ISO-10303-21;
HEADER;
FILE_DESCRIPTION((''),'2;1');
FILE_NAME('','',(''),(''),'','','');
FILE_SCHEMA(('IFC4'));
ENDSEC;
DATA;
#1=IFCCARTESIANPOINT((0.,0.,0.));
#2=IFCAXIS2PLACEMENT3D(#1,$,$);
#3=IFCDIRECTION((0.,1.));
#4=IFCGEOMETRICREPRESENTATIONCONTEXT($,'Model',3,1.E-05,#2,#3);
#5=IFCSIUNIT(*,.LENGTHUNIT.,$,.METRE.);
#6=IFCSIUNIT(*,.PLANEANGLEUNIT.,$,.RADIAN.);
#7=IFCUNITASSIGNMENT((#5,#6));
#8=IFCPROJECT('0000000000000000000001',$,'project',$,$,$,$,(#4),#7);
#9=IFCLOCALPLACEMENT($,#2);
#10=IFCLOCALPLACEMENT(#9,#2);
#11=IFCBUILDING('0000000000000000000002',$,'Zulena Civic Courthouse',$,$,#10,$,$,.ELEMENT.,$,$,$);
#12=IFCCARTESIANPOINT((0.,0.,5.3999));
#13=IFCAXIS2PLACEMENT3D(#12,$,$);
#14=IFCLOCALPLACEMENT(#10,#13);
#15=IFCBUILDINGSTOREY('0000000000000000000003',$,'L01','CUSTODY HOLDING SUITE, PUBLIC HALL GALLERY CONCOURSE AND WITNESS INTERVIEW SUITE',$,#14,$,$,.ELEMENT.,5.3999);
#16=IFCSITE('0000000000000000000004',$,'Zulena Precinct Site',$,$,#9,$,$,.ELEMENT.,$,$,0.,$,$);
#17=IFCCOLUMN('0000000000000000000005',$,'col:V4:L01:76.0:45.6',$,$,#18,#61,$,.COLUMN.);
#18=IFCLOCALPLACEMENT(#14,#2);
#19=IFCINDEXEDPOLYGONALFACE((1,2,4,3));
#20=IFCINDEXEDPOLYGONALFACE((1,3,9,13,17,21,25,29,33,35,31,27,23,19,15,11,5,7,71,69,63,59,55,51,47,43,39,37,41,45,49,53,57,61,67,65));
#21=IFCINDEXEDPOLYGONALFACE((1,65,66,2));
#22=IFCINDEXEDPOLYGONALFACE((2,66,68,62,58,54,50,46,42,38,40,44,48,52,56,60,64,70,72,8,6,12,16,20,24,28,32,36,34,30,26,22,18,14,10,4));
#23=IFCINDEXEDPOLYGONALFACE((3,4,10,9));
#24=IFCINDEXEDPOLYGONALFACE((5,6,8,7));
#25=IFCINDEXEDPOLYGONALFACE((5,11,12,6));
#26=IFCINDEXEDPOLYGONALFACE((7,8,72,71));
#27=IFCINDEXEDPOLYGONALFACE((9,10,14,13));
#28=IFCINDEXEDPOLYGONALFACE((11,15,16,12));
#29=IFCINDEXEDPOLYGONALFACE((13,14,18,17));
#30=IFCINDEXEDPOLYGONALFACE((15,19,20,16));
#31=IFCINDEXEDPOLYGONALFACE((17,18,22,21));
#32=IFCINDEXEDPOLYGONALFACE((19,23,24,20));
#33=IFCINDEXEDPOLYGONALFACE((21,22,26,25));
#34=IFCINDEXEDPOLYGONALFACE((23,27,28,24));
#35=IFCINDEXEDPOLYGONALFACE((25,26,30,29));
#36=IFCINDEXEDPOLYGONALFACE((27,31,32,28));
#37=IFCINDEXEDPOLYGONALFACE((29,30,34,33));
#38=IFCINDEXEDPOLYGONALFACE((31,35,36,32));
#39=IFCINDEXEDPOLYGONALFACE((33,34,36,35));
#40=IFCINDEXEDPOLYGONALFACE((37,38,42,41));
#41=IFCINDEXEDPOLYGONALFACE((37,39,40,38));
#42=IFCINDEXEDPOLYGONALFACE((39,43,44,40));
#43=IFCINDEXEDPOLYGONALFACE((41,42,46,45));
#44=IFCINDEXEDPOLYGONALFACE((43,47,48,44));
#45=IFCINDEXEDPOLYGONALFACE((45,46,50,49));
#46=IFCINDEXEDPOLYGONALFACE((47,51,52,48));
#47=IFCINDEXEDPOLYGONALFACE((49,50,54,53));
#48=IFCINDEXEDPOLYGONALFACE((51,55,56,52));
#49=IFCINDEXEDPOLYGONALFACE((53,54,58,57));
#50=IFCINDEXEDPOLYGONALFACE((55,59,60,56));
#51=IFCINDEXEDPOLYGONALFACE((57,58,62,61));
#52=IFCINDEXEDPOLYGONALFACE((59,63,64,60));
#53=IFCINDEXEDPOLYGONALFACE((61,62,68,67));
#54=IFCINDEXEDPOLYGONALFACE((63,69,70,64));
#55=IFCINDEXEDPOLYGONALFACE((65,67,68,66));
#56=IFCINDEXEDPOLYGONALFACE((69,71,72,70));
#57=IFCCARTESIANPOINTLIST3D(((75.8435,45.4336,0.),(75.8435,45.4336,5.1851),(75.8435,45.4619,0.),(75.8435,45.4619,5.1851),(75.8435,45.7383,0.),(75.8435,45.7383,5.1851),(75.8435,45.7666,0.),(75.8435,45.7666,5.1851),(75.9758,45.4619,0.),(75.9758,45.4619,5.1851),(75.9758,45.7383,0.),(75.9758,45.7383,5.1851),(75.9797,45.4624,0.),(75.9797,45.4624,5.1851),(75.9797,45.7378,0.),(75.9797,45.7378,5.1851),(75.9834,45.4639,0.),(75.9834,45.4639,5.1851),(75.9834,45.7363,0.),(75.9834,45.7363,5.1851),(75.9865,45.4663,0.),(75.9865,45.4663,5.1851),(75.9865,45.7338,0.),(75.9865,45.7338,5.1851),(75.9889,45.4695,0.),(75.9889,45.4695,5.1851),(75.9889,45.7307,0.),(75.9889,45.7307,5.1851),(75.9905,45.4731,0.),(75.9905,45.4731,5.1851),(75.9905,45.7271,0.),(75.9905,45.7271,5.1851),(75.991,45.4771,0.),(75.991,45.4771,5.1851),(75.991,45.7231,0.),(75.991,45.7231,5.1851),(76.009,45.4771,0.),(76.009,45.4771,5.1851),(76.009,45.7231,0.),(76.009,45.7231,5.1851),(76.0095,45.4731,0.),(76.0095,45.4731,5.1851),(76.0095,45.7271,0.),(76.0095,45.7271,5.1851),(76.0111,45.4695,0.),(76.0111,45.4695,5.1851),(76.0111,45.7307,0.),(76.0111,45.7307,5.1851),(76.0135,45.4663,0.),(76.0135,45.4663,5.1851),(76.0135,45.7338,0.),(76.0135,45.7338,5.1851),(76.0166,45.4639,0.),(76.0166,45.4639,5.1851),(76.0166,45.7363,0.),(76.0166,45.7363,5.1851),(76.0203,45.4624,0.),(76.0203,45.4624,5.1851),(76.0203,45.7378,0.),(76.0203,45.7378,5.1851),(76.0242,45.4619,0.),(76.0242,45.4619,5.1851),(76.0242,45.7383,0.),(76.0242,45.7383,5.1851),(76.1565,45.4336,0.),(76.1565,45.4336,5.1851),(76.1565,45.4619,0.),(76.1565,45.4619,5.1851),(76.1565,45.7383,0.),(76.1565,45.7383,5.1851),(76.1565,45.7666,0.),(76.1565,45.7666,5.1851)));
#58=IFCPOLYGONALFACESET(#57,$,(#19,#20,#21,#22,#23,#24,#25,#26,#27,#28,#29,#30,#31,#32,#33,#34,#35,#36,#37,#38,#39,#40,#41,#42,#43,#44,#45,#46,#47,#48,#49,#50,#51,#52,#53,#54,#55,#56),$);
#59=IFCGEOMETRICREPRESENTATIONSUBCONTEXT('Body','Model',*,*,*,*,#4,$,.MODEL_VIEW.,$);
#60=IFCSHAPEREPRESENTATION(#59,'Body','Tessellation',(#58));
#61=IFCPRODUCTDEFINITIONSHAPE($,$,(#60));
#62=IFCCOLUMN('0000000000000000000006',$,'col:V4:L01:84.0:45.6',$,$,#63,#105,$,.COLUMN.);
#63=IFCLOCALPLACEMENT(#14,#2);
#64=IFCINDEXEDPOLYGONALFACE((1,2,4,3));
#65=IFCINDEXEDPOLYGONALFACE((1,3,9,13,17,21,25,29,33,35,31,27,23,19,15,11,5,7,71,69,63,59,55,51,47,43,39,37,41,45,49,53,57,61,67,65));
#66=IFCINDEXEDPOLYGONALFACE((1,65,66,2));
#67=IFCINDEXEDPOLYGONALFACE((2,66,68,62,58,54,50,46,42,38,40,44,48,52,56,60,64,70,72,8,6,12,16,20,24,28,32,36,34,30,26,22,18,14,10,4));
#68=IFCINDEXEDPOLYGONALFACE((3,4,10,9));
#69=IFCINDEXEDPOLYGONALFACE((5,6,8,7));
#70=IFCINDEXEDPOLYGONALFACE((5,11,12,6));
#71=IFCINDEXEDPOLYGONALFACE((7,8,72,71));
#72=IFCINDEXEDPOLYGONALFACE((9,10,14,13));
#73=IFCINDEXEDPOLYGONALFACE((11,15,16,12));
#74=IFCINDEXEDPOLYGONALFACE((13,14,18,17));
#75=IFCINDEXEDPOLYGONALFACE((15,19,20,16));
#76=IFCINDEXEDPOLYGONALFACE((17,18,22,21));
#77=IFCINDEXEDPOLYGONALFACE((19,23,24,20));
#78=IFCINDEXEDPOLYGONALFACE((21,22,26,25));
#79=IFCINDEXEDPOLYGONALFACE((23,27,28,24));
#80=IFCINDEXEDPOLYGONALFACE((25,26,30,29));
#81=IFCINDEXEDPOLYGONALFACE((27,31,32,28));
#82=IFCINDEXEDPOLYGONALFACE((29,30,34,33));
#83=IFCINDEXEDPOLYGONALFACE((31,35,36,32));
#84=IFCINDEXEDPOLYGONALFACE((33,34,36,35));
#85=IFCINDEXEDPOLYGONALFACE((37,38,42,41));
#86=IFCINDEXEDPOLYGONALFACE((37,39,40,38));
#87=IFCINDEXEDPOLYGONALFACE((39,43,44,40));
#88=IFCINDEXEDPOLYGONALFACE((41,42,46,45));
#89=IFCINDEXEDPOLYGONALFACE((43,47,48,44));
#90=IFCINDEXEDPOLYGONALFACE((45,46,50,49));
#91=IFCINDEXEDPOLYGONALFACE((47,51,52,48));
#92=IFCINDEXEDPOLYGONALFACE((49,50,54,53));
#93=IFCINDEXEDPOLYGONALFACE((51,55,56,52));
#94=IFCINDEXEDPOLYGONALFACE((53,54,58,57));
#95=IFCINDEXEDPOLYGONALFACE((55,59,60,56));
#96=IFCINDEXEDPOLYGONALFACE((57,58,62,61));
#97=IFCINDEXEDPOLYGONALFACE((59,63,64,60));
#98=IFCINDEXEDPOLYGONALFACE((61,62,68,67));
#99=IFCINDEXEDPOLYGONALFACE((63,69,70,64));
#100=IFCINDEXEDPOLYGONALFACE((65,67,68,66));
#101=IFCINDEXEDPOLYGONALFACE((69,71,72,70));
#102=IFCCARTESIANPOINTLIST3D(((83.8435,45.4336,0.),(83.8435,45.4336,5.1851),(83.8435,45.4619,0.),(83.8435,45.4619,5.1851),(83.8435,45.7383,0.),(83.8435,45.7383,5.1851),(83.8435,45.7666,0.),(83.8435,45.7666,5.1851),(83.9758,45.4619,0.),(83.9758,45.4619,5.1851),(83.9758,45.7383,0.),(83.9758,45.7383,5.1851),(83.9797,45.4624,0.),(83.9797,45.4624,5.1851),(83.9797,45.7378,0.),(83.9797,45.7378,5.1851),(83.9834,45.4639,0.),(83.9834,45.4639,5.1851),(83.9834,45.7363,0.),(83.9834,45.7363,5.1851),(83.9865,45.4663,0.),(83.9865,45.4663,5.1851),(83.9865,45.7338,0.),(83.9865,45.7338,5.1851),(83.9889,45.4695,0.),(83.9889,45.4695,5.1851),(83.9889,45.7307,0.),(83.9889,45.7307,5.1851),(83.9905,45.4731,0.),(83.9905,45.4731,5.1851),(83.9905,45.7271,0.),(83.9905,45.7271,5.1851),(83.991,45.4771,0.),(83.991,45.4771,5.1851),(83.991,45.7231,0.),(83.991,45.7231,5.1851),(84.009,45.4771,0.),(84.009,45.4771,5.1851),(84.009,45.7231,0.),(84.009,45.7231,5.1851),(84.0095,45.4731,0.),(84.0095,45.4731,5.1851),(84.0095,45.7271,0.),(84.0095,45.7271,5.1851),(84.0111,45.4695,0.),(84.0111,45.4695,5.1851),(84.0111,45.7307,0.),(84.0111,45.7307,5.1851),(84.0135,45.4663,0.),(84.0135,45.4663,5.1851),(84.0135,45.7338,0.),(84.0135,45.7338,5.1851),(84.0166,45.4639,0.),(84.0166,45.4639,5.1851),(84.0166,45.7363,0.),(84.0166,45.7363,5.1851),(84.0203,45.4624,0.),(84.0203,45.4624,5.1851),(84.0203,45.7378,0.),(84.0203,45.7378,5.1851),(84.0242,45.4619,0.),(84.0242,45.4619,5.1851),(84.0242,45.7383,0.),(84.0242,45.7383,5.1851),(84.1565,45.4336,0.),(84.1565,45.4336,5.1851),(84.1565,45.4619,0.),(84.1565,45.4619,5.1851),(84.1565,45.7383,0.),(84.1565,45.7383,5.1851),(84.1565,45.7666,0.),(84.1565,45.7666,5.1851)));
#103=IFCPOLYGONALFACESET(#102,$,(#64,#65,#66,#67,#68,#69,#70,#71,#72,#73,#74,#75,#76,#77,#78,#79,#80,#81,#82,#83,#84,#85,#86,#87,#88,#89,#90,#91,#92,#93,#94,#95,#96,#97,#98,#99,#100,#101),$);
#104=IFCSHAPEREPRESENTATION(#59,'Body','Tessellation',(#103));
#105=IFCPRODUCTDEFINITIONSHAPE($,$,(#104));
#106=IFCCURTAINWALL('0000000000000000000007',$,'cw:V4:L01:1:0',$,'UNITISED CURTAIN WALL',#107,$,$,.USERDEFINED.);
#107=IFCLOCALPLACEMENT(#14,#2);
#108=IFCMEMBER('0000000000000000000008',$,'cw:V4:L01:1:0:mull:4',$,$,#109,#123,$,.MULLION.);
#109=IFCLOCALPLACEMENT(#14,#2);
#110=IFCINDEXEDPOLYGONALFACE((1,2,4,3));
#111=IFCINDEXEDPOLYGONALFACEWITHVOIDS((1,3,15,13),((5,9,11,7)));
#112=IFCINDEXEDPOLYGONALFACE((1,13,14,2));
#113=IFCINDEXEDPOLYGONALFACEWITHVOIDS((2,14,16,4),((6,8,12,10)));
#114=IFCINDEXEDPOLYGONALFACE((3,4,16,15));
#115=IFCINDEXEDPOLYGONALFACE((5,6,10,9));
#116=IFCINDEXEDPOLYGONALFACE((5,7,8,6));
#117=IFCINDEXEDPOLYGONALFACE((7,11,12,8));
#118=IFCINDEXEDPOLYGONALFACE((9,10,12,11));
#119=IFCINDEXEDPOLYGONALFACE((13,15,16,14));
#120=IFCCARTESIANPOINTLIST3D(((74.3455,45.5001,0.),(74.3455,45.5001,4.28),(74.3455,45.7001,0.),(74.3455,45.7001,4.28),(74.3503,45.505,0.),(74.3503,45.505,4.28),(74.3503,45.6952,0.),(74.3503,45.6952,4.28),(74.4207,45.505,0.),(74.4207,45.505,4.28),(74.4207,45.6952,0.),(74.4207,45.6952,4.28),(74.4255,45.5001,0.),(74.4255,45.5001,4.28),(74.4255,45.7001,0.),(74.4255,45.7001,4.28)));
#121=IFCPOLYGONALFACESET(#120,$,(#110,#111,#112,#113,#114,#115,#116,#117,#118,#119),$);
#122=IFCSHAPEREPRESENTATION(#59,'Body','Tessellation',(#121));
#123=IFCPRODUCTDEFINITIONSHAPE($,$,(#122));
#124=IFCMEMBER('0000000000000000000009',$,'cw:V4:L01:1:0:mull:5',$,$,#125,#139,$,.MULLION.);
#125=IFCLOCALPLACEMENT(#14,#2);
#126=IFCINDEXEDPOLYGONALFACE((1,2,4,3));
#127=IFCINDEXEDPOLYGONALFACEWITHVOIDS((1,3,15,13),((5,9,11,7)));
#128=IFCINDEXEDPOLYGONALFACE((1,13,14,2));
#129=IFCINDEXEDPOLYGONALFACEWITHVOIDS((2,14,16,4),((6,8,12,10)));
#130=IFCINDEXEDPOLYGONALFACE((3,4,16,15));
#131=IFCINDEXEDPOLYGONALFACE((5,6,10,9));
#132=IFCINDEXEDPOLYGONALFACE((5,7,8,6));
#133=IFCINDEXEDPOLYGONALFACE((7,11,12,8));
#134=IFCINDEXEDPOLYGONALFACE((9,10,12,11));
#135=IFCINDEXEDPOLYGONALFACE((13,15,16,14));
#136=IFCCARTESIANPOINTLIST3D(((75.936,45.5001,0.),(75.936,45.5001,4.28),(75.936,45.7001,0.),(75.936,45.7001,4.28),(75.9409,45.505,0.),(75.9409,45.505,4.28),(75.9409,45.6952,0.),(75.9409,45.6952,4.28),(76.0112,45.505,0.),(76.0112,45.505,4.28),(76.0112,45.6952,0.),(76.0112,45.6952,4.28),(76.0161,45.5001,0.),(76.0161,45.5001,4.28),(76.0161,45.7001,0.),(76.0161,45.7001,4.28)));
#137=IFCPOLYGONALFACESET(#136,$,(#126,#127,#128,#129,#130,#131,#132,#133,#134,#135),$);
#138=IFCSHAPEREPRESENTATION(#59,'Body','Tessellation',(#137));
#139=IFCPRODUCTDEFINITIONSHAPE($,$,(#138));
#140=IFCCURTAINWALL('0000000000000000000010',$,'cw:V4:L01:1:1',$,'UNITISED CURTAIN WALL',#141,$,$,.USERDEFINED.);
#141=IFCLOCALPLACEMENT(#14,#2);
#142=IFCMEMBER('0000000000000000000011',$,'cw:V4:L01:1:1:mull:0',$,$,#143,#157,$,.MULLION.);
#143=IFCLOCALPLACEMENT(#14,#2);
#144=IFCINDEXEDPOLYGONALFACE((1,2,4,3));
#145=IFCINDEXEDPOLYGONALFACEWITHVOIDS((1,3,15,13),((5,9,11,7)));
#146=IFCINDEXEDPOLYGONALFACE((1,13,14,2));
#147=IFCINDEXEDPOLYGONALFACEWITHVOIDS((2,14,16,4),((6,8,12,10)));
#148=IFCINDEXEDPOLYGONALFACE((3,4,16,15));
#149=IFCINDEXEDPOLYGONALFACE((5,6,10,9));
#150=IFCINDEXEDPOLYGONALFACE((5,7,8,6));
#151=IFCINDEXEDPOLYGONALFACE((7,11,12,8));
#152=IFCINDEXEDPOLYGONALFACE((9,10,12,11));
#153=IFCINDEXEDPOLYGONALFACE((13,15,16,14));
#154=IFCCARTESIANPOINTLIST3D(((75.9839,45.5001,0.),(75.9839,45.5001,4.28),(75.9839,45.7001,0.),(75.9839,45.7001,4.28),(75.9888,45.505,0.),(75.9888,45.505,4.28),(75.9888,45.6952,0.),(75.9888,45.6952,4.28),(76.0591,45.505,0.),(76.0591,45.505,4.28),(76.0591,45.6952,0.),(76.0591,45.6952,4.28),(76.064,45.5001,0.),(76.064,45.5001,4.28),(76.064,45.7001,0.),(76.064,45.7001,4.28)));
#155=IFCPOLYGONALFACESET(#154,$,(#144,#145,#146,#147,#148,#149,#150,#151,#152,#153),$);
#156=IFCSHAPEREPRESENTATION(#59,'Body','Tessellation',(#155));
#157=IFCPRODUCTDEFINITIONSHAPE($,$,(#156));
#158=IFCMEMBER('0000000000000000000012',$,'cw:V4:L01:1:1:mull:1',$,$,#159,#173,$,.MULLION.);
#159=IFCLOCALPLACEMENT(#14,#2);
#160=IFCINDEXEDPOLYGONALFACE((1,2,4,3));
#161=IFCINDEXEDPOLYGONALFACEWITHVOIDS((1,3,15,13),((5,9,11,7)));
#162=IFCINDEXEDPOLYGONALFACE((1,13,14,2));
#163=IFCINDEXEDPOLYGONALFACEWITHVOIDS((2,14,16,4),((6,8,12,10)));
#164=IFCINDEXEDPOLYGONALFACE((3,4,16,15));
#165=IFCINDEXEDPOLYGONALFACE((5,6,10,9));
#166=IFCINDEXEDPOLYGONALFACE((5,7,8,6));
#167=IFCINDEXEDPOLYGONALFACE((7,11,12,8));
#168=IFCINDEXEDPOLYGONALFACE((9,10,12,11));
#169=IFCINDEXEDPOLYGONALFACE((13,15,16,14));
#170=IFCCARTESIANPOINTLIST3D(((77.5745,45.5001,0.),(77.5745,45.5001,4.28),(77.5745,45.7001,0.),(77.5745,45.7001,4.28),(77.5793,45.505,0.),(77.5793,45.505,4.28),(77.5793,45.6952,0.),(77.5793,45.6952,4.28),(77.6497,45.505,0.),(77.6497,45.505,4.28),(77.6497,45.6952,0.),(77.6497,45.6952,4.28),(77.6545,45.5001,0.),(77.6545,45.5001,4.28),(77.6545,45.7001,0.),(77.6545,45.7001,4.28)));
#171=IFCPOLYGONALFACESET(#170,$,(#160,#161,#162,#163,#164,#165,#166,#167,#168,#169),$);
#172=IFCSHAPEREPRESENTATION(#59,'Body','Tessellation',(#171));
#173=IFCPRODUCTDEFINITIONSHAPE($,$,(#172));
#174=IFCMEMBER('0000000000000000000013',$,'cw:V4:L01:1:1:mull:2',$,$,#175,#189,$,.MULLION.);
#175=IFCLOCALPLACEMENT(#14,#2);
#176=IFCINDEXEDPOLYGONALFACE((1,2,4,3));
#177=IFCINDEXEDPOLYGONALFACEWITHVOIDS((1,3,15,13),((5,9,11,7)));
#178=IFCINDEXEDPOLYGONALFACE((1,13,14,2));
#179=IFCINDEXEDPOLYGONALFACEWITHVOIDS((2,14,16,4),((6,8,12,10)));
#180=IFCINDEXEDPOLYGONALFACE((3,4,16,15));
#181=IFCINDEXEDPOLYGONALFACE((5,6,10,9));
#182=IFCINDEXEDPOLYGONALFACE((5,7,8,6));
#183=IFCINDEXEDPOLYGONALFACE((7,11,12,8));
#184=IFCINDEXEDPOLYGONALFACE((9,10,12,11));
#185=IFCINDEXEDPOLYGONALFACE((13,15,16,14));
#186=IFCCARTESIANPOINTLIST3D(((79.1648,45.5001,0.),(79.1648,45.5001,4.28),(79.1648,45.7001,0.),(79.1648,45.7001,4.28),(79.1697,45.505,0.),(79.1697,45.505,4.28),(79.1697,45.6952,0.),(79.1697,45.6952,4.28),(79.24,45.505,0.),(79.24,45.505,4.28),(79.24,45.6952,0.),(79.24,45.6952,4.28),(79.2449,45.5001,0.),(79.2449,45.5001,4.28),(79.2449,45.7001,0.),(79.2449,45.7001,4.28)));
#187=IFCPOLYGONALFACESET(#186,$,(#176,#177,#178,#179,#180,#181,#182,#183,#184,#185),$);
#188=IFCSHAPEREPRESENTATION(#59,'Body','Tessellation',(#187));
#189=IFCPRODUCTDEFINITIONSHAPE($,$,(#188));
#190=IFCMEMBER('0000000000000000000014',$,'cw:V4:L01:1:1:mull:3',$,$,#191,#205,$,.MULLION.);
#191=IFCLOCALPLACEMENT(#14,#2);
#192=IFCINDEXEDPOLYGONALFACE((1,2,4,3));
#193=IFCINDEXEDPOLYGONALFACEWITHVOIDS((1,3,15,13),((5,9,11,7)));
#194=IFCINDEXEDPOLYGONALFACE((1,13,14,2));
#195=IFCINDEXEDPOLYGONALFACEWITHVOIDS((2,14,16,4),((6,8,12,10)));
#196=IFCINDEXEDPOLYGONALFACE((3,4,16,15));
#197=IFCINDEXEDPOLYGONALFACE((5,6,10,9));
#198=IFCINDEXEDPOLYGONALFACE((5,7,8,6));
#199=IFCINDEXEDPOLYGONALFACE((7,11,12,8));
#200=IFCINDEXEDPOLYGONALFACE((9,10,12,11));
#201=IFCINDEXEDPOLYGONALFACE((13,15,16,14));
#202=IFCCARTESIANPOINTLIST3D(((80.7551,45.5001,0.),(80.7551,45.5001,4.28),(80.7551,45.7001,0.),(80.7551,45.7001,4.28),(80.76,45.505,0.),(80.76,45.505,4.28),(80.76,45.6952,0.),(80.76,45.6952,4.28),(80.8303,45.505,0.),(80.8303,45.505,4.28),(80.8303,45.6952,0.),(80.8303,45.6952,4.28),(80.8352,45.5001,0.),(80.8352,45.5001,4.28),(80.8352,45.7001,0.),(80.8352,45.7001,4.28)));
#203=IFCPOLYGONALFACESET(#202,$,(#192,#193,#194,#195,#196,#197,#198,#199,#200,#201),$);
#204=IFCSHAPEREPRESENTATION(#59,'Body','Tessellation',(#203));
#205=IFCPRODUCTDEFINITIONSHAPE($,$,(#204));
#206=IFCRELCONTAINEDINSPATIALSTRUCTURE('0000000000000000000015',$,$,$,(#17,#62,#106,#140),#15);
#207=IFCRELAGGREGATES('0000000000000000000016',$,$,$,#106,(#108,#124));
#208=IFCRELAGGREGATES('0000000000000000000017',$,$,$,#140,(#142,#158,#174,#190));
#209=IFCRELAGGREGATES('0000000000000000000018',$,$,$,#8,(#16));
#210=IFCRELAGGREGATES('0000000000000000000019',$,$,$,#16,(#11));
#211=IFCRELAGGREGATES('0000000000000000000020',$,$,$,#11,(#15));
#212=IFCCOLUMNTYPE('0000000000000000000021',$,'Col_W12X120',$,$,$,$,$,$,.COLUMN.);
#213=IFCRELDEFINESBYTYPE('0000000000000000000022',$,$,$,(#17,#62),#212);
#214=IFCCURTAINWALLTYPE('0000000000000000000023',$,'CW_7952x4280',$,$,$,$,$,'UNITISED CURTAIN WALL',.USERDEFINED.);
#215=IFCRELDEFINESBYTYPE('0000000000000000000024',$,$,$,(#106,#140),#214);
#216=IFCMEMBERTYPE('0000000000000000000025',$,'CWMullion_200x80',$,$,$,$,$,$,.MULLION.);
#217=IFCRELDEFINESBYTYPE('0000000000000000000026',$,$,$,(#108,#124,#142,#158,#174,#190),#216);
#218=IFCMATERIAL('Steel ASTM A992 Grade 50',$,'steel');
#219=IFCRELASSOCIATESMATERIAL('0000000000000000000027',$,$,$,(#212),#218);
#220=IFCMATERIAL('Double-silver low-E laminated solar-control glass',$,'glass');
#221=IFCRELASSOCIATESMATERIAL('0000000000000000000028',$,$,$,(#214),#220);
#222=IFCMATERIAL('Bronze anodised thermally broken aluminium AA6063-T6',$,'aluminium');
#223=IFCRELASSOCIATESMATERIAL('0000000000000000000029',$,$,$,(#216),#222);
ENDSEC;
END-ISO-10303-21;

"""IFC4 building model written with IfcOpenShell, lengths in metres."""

from ifc_helpers import new_model, si_unit, direction, frame, origin, origin_2d, place, context, subcontext, project, spatial, hollow_rectangle, i_section, extrude, material, material_profile, profile_set, type_object, element, aggregate, save


model = new_model("IFC4")

# Units and contexts
model_context = context("Model", 3, precision=1e-05, world=origin(), true_north=direction((0.0, 1.0)))
body_context = subcontext(model_context, "Body", "Model", "MODEL_VIEW")
ifc_project = project(units=[si_unit("LENGTHUNIT", "METRE"), si_unit("PLANEANGLEUNIT", "RADIAN")], contexts=[model_context])

# Site, building, storey
site_placement = place(None, origin())
site = spatial("IfcSite", under=ifc_project, at=site_placement, Name="Zulena Precinct Site", CompositionType="ELEMENT", RefElevation=0.0)
building_placement = place(site_placement, origin())
building = spatial("IfcBuilding", under=site, at=building_placement, Name="Zulena Civic Courthouse", CompositionType="ELEMENT")
storey_placement = place(building_placement, frame((0.0, 0.0, 5.3999)))
storey = spatial("IfcBuildingStorey", under=building, at=storey_placement, Name="L01", Description="CUSTODY HOLDING SUITE, PUBLIC HALL GALLERY CONCOURSE AND WITNESS INTERVIEW SUITE", CompositionType="ELEMENT", Elevation=5.3999)

# Columns
ifc_material_1 = material(Name="Steel ASTM A992 Grade 50", Category="steel")
ifc_material_profile_1 = material_profile(ifc_material_1, i_section(OverallWidth=0.313, OverallDepth=0.333, WebThickness=0.0181, FlangeThickness=0.0283, FilletRadius=0.0151, at=origin_2d()), Name="W12X120")
ifc_profile_set_1 = profile_set([ifc_material_profile_1], Name="Steel ASTM A992 Grade 50")
column_type = type_object("IfcColumnType", Name="Col_W12X120", PredefinedType="COLUMN", material=ifc_profile_set_1)
for number, where, z_axis, x_axis, name in (
    (1, (76.0, 45.6001, 0.0), (0.0, 0.0, 1.0), (1.0, 0.0, 0.0), "col:V4:L01:76.0:45.6"),
    (2, (84.0, 45.6001, 0.0), (0.0, 0.0, 1.0), (1.0, 0.0, 0.0), "col:V4:L01:84.0:45.6"),
):
    element("IfcColumn", number, at=place(storey_placement, frame(where, z_axis=z_axis, x_axis=x_axis)), inside=storey, type_object=column_type, Name=name, PredefinedType="COLUMN", context=body_context, shape_type="SweptSolid", body=[
        extrude(i_section(OverallWidth=0.313, OverallDepth=0.333, WebThickness=0.0181, FlangeThickness=0.0283, FilletRadius=0.0151, at=origin_2d()), origin(), (0.0, 0.0, 1.0), 5.1851),
    ])

# Curtain walls, members
ifc_material_2 = material(Name="Double-silver low-E laminated solar-control glass", Category="glass")
curtain_wall_type = type_object("IfcCurtainWallType", Name="CW_7952x4280", ElementType="UNITISED CURTAIN WALL", PredefinedType="USERDEFINED", material=ifc_material_2)
curtain_wall_1_placement = place(storey_placement, origin())
curtain_wall_1 = element("IfcCurtainWall", 3, at=curtain_wall_1_placement, inside=storey, type_object=curtain_wall_type, Name="cw:V4:L01:1:0", ObjectType="UNITISED CURTAIN WALL", PredefinedType="USERDEFINED")
ifc_material_3 = material(Name="Bronze anodised thermally broken aluminium AA6063-T6", Category="aluminium")
ifc_material_profile_2 = material_profile(ifc_material_3, hollow_rectangle(XDim=0.0801, YDim=0.2, WallThickness=0.0049, at=origin_2d()), Name="CWM200X80X5")
ifc_profile_set_2 = profile_set([ifc_material_profile_2], Name="Bronze anodised thermally broken aluminium AA6063-T6")
member_type_1 = type_object("IfcMemberType", Name="CWMullion_200x80", PredefinedType="MULLION", material=ifc_profile_set_2)
member_1_placement = place(storey_placement, frame((74.3855, 45.6001, 0.0), z_axis=(0.0, 0.0, 1.0), x_axis=(1.0, 0.0, 0.0)))
member_1 = element("IfcMember", 4, at=member_1_placement, type_object=member_type_1, Name="cw:V4:L01:1:0:mull:4", PredefinedType="MULLION", context=body_context, shape_type="SweptSolid", body=[
    extrude(hollow_rectangle(XDim=0.0801, YDim=0.2, WallThickness=0.0049, at=origin_2d()), origin(), (0.0, 0.0, 1.0), 4.28),
])
member_2_placement = place(storey_placement, frame((75.9761, 45.6001, 0.0), z_axis=(0.0, 0.0, 1.0), x_axis=(1.0, 0.0, 0.0)))
member_2 = element("IfcMember", 5, at=member_2_placement, type_object=member_type_1, Name="cw:V4:L01:1:0:mull:5", PredefinedType="MULLION", context=body_context, shape_type="SweptSolid", body=[
    extrude(hollow_rectangle(XDim=0.0801, YDim=0.2, WallThickness=0.0049, at=origin_2d()), origin(), (0.0, 0.0, 1.0), 4.28),
])
curtain_wall_2_placement = place(storey_placement, origin())
curtain_wall_2 = element("IfcCurtainWall", 6, at=curtain_wall_2_placement, inside=storey, type_object=curtain_wall_type, Name="cw:V4:L01:1:1", ObjectType="UNITISED CURTAIN WALL", PredefinedType="USERDEFINED")
member_3_placement = place(storey_placement, frame((76.0239, 45.6001, 0.0), z_axis=(0.0, 0.0, 1.0), x_axis=(1.0, 0.0, 0.0)))
member_3 = element("IfcMember", 7, at=member_3_placement, type_object=member_type_1, Name="cw:V4:L01:1:1:mull:0", PredefinedType="MULLION", context=body_context, shape_type="SweptSolid", body=[
    extrude(hollow_rectangle(XDim=0.0801, YDim=0.2, WallThickness=0.0049, at=origin_2d()), origin(), (0.0, 0.0, 1.0), 4.28),
])
member_4_placement = place(storey_placement, frame((77.6145, 45.6001, 0.0), z_axis=(0.0, 0.0, 1.0), x_axis=(1.0, 0.0, 0.0)))
member_4 = element("IfcMember", 8, at=member_4_placement, type_object=member_type_1, Name="cw:V4:L01:1:1:mull:1", PredefinedType="MULLION", context=body_context, shape_type="SweptSolid", body=[
    extrude(hollow_rectangle(XDim=0.0801, YDim=0.2, WallThickness=0.0049, at=origin_2d()), origin(), (0.0, 0.0, 1.0), 4.28),
])
member_5_placement = place(storey_placement, frame((79.2048, 45.6001, 0.0), z_axis=(0.0, 0.0, 1.0), x_axis=(1.0, 0.0, 0.0)))
member_5 = element("IfcMember", 9, at=member_5_placement, type_object=member_type_1, Name="cw:V4:L01:1:1:mull:2", PredefinedType="MULLION", context=body_context, shape_type="SweptSolid", body=[
    extrude(hollow_rectangle(XDim=0.0801, YDim=0.2, WallThickness=0.0049, at=origin_2d()), origin(), (0.0, 0.0, 1.0), 4.28),
])
member_6_placement = place(storey_placement, frame((80.7952, 45.6001, 0.0), z_axis=(0.0, 0.0, 1.0), x_axis=(1.0, 0.0, 0.0)))
member_6 = element("IfcMember", 10, at=member_6_placement, type_object=member_type_1, Name="cw:V4:L01:1:1:mull:3", PredefinedType="MULLION", context=body_context, shape_type="SweptSolid", body=[
    extrude(hollow_rectangle(XDim=0.0801, YDim=0.2, WallThickness=0.0049, at=origin_2d()), origin(), (0.0, 0.0, 1.0), 4.28),
])

aggregate(curtain_wall_1, [member_1, member_2])
aggregate(curtain_wall_2, [member_3, member_4, member_5, member_6])

save(model, "model.ifc")
